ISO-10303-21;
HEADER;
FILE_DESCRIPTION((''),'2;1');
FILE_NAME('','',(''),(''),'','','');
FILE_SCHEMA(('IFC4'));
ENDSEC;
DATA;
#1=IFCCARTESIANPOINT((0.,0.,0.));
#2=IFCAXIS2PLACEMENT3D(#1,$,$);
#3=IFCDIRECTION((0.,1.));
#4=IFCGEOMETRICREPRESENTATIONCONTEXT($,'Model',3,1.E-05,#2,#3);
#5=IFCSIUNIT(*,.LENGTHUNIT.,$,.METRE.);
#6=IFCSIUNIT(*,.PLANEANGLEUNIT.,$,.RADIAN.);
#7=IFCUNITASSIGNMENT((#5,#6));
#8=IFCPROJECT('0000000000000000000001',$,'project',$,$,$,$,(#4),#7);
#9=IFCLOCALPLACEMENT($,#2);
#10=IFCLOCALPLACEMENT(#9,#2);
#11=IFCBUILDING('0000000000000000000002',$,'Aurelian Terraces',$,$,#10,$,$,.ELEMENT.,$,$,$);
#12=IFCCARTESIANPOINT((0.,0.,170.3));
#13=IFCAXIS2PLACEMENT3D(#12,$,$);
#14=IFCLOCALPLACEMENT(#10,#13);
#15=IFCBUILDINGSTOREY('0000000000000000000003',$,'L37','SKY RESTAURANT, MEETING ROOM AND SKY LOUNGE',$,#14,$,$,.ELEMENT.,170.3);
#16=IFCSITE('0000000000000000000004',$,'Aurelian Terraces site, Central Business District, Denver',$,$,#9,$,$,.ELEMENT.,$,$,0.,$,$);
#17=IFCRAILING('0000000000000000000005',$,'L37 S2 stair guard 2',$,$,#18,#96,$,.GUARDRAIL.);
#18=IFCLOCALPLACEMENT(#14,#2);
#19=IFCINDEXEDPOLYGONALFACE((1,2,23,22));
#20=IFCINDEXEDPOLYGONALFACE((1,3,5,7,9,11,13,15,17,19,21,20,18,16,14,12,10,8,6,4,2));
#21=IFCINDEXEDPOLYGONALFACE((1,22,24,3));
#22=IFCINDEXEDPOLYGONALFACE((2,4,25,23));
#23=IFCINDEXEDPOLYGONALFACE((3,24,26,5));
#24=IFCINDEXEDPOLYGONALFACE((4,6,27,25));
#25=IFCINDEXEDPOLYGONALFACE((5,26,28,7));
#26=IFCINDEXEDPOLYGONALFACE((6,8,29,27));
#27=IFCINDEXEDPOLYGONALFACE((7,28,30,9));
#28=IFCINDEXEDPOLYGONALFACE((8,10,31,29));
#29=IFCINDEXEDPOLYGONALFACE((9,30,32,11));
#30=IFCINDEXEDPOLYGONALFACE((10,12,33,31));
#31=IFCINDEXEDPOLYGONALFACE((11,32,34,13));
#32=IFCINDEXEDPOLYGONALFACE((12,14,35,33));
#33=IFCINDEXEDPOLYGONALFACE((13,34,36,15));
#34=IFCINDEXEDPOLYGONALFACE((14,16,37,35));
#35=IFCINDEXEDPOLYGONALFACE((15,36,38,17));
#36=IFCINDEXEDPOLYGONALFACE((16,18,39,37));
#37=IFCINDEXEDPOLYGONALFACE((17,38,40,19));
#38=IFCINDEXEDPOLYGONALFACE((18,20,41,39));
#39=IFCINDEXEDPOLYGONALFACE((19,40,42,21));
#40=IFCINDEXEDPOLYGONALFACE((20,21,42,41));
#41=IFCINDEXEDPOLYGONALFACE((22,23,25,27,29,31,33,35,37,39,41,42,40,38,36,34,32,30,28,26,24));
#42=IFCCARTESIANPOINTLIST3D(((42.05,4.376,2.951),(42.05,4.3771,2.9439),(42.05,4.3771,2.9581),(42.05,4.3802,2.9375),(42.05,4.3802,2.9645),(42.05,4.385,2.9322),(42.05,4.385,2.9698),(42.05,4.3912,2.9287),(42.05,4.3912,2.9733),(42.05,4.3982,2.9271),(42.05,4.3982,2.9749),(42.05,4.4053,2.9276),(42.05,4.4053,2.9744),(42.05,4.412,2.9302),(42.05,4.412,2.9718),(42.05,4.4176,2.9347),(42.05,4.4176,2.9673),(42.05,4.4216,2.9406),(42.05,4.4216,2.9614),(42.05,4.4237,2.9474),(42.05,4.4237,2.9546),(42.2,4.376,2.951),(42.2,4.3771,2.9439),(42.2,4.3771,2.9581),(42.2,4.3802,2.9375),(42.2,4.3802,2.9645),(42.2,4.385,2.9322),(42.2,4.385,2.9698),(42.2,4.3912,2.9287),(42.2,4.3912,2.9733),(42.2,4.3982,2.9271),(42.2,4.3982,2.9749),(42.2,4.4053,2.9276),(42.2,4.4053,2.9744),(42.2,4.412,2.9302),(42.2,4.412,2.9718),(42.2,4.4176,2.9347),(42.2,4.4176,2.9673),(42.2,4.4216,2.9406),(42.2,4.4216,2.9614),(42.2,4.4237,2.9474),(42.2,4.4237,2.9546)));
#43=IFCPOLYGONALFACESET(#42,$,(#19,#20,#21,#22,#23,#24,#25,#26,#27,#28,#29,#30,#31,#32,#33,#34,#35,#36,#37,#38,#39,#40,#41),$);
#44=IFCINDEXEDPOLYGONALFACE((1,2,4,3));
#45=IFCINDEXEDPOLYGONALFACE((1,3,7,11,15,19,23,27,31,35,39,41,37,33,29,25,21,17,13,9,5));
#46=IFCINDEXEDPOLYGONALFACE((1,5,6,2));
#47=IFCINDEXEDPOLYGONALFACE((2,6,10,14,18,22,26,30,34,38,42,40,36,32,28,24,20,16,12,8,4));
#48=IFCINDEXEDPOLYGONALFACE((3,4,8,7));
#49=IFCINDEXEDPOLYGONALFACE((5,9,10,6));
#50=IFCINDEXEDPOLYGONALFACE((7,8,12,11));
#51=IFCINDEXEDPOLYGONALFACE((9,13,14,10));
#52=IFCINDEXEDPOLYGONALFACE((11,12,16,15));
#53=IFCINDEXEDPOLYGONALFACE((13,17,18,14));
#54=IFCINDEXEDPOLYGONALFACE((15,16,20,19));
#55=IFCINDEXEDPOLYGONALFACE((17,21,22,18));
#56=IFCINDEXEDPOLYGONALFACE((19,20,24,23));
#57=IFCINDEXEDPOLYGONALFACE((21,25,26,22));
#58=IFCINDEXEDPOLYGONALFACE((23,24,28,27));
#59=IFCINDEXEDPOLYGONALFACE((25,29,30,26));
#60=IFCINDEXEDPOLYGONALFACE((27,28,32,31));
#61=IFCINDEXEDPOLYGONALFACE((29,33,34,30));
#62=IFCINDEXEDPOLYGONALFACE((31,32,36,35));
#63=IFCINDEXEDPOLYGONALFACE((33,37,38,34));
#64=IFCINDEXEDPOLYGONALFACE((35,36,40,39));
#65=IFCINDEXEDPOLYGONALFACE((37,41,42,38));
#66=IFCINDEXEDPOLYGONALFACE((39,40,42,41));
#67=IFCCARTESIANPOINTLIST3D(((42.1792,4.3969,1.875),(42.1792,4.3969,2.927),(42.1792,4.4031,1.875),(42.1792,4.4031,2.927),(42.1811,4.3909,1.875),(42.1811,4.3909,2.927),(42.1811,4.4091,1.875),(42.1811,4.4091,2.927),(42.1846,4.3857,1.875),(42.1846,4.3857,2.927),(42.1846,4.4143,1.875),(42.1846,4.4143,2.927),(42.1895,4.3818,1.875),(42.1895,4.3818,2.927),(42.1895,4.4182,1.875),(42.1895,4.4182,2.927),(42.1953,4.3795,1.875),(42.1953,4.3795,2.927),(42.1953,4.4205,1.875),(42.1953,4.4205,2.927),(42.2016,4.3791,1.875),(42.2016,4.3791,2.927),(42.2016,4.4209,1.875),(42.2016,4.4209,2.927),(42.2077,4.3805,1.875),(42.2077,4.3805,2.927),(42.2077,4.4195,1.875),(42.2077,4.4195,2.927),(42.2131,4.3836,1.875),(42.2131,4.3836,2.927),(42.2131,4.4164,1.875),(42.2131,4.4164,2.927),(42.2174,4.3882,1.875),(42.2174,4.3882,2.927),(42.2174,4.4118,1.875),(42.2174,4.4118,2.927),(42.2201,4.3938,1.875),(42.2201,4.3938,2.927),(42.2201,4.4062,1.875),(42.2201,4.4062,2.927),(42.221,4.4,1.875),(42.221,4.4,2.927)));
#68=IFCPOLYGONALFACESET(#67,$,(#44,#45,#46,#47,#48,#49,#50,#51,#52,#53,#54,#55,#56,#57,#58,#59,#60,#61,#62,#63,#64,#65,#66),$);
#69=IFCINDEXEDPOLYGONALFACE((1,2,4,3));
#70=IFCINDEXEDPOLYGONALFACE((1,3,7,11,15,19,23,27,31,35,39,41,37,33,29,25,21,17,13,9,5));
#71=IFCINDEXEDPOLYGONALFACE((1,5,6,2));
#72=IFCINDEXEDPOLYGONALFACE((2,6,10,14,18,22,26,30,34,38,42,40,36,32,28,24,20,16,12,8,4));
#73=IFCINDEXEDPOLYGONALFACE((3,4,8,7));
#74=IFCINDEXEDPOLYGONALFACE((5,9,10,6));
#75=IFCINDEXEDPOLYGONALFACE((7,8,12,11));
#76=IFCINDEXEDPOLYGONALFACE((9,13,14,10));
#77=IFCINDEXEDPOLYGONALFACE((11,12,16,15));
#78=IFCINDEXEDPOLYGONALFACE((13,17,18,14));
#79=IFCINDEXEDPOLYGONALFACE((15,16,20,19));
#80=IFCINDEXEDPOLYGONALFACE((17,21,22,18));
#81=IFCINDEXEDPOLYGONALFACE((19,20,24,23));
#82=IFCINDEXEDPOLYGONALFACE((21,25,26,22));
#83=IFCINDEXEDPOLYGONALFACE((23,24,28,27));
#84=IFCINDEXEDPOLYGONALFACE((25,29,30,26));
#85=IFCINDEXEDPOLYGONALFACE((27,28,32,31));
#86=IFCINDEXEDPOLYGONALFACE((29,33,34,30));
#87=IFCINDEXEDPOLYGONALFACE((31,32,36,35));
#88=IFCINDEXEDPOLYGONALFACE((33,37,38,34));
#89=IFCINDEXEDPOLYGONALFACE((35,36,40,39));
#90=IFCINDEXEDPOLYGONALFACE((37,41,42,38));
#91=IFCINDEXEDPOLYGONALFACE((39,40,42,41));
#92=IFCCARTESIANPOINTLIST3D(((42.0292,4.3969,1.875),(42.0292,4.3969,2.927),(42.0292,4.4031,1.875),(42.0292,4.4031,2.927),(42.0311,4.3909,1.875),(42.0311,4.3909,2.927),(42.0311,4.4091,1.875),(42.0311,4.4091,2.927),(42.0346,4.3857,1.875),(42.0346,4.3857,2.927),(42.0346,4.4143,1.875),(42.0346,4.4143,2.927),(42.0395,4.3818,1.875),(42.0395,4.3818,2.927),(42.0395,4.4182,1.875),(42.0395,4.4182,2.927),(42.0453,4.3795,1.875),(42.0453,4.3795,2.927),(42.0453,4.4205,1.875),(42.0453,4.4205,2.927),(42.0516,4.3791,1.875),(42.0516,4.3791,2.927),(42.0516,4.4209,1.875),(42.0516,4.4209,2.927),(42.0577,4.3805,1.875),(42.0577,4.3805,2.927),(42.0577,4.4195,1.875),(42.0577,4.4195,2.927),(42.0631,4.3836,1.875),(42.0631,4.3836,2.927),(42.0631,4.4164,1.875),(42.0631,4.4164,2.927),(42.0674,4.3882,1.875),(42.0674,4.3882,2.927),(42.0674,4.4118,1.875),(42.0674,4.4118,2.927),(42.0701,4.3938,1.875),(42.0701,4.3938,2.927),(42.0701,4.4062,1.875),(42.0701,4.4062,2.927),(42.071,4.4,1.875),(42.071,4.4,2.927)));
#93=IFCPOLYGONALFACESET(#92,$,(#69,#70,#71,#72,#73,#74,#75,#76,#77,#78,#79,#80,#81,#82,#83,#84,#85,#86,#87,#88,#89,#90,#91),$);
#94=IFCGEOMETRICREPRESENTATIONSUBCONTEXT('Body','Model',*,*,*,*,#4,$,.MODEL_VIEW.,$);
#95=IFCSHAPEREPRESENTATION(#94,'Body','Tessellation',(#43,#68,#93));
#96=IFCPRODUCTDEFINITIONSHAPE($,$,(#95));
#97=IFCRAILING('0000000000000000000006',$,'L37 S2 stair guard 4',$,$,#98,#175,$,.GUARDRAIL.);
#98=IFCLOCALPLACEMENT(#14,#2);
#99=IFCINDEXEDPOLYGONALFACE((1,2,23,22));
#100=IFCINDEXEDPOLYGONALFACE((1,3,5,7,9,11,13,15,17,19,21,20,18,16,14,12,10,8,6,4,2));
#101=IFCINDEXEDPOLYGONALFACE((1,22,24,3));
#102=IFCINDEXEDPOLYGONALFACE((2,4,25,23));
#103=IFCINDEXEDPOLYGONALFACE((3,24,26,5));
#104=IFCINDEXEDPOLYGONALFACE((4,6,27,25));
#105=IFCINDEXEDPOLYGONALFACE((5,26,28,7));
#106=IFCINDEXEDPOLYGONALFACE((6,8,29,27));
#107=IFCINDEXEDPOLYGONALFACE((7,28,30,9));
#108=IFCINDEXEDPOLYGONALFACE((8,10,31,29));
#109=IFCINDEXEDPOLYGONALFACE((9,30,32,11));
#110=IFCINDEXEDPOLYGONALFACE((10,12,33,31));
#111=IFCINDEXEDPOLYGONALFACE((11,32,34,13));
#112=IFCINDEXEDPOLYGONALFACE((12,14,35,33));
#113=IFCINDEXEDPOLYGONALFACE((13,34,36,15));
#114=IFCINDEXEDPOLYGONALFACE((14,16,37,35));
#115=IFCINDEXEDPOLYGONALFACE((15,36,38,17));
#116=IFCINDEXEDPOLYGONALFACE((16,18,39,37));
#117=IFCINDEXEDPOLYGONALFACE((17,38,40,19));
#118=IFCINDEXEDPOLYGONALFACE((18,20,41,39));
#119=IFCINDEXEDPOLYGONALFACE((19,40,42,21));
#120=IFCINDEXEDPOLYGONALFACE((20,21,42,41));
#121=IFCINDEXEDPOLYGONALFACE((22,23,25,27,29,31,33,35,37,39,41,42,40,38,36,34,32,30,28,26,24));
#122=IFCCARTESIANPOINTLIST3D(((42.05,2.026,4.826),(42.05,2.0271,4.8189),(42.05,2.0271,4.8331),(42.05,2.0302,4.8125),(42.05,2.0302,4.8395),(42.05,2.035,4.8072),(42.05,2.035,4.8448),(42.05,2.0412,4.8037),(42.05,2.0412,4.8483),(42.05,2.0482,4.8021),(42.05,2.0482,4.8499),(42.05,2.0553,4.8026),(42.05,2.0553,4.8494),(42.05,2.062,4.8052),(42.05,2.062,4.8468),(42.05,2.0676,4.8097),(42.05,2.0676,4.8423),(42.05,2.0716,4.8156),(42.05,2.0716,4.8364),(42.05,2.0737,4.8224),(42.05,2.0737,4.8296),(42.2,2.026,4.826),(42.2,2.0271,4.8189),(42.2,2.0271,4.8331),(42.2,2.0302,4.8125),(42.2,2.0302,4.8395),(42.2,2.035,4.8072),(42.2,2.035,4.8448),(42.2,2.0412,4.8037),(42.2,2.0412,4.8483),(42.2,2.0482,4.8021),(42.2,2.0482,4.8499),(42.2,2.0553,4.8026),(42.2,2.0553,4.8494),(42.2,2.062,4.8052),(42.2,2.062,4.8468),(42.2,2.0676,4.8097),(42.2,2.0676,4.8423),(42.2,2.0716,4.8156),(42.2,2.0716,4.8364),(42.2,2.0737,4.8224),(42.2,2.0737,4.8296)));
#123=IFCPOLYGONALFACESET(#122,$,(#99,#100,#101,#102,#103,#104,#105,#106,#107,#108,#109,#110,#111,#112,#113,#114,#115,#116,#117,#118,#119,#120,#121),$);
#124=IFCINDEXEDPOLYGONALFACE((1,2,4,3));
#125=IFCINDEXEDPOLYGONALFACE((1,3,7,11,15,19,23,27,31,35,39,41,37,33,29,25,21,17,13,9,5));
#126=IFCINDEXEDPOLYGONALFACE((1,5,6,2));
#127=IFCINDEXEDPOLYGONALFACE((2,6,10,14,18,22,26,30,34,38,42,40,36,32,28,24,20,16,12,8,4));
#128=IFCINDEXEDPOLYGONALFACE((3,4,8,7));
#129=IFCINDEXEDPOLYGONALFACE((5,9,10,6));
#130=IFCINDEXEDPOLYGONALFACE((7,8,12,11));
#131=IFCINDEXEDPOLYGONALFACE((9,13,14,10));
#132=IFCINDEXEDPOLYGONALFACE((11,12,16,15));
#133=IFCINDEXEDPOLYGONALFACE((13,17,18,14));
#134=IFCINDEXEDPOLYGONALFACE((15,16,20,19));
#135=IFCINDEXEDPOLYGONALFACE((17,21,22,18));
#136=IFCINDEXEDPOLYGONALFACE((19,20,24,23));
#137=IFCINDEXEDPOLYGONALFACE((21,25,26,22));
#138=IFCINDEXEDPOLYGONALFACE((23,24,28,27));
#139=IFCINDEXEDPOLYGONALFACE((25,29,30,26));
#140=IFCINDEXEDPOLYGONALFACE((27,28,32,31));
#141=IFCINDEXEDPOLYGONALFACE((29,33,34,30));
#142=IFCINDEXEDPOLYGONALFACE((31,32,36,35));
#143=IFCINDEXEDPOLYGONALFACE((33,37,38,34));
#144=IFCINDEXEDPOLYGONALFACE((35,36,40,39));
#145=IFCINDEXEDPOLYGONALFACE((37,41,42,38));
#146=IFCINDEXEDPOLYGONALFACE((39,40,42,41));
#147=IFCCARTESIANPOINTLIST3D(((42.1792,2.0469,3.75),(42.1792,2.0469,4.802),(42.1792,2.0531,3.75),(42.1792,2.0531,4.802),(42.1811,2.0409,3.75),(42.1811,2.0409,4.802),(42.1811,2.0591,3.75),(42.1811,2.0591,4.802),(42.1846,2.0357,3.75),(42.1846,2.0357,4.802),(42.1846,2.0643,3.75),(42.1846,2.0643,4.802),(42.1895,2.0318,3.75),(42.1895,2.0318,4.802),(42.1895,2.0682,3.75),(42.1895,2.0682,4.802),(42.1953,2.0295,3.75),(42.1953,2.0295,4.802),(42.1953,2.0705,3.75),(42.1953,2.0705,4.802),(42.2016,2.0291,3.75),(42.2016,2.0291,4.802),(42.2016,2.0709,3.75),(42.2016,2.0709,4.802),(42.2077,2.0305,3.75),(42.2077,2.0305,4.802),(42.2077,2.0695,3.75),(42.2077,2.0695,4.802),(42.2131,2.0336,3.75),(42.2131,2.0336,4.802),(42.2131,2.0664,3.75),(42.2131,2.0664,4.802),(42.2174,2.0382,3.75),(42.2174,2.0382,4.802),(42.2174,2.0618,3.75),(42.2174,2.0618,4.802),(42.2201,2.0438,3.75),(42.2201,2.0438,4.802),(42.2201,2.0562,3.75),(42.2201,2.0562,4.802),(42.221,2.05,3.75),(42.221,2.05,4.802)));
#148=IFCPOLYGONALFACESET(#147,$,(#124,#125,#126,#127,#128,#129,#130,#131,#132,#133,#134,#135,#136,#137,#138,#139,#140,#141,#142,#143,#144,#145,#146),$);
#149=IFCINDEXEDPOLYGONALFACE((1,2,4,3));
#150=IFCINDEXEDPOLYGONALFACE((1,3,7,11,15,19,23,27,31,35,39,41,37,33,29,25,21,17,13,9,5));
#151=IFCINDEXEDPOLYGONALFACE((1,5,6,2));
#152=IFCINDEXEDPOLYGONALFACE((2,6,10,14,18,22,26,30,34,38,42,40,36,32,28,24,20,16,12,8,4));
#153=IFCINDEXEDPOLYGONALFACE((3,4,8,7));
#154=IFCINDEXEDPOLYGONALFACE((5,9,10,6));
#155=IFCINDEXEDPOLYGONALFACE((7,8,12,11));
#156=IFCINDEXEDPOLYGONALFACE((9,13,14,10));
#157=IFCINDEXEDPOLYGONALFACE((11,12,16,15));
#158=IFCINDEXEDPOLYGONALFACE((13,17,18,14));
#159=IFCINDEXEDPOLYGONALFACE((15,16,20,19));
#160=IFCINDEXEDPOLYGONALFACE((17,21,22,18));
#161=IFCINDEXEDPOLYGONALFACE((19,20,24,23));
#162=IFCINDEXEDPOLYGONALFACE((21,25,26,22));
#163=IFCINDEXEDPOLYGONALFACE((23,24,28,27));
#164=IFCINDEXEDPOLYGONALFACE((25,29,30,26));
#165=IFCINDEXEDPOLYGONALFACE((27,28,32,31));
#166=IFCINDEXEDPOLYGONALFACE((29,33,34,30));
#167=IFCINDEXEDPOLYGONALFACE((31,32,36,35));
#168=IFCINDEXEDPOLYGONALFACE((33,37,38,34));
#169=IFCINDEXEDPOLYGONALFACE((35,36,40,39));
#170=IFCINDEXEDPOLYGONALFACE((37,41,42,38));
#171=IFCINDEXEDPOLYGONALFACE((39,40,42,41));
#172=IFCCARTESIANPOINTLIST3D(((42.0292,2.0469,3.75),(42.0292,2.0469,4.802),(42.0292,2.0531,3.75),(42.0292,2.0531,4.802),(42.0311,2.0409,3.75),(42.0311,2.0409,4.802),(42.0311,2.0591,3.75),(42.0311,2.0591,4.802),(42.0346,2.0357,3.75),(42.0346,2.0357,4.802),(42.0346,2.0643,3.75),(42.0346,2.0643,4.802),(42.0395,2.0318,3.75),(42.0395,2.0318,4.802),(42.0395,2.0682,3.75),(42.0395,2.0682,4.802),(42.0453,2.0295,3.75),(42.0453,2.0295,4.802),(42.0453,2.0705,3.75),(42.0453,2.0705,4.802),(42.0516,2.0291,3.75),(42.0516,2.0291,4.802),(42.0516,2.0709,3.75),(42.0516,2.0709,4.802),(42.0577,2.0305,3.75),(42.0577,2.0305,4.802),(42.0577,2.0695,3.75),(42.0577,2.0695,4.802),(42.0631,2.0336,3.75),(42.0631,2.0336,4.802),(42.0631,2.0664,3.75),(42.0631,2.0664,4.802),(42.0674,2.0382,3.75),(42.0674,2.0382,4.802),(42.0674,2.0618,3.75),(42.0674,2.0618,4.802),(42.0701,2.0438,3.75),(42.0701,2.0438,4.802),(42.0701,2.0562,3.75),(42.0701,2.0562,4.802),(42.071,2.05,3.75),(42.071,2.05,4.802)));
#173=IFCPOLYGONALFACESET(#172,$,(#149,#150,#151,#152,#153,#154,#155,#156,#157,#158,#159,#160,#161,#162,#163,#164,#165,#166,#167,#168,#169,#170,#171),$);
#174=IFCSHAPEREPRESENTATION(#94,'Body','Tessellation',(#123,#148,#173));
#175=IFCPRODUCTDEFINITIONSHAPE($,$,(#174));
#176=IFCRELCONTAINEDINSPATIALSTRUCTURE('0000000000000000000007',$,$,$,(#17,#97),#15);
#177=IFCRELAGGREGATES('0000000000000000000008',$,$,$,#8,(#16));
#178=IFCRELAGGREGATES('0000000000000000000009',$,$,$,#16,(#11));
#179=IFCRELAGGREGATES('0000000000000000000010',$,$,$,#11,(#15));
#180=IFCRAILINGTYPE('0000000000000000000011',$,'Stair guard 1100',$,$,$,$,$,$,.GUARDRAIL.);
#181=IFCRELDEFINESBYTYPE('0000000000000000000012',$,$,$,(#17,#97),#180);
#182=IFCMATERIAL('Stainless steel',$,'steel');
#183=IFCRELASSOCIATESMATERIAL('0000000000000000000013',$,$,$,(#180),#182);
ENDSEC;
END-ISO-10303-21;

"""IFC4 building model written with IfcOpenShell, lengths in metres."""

from ifc_helpers import new_model, si_unit, direction, frame, origin, origin_2d, place, context, subcontext, project, spatial, circle, extrude, source, transform, mapped, material, type_object, element, save


model = new_model("IFC4")

# Units and contexts
model_context = context("Model", 3, precision=1e-05, world=origin(), true_north=direction((0.0, 1.0)))
body_context = subcontext(model_context, "Body", "Model", "MODEL_VIEW")
ifc_project = project(units=[si_unit("LENGTHUNIT", "METRE"), si_unit("PLANEANGLEUNIT", "RADIAN")], contexts=[model_context])

# Site, building, storey
site_placement = place(None, origin())
site = spatial("IfcSite", under=ifc_project, at=site_placement, Name="Aurelian Terraces site, Central Business District, Denver", CompositionType="ELEMENT", RefElevation=0.0)
building_placement = place(site_placement, origin())
building = spatial("IfcBuilding", under=site, at=building_placement, Name="Aurelian Terraces", CompositionType="ELEMENT")
storey_placement = place(building_placement, frame((0.0, 0.0, 170.3)))
storey = spatial("IfcBuildingStorey", under=building, at=storey_placement, Name="L37", Description="SKY RESTAURANT, MEETING ROOM AND SKY LOUNGE", CompositionType="ELEMENT", Elevation=170.3)

# Railings
ifc_material_1 = material(Name="Stainless steel", Category="steel")
railing_type_1 = type_object("IfcRailingType", Name="Stair guard 1100", PredefinedType="GUARDRAIL", material=ifc_material_1)
shared_shape_1 = source(origin(), body_context, "Body", "SweptSolid", [
    extrude(circle(Radius=0.024, at=origin_2d()), frame((0.0, 0.0, 1.076), z_axis=(-1.0, 0.0, 0.0), x_axis=(0.0, -1.0, 0.0)), (0.0, 0.0, 1.0), 0.15),
    extrude(circle(Radius=0.021, at=origin_2d()), origin(), (0.0, 0.0, 1.0), 1.052),
    extrude(circle(Radius=0.021, at=origin_2d()), frame((-0.15, 0.0, 0.0)), (0.0, 0.0, 1.0), 1.052),
])
for number, where, name in (
    (1, (42.2, 4.4, 1.875), "L37 S2 stair guard 2"),
    (2, (42.2, 2.05, 3.75), "L37 S2 stair guard 4"),
):
    element("IfcRailing", number, at=place(storey_placement, frame(where)), inside=storey, type_object=railing_type_1, Name=name, PredefinedType="GUARDRAIL", context=body_context, shape_type="MappedRepresentation", body=[
        mapped(shared_shape_1, transform((0.0, 0.0, 0.0), scale=1.0)),
    ])

save(model, "model.ifc")
